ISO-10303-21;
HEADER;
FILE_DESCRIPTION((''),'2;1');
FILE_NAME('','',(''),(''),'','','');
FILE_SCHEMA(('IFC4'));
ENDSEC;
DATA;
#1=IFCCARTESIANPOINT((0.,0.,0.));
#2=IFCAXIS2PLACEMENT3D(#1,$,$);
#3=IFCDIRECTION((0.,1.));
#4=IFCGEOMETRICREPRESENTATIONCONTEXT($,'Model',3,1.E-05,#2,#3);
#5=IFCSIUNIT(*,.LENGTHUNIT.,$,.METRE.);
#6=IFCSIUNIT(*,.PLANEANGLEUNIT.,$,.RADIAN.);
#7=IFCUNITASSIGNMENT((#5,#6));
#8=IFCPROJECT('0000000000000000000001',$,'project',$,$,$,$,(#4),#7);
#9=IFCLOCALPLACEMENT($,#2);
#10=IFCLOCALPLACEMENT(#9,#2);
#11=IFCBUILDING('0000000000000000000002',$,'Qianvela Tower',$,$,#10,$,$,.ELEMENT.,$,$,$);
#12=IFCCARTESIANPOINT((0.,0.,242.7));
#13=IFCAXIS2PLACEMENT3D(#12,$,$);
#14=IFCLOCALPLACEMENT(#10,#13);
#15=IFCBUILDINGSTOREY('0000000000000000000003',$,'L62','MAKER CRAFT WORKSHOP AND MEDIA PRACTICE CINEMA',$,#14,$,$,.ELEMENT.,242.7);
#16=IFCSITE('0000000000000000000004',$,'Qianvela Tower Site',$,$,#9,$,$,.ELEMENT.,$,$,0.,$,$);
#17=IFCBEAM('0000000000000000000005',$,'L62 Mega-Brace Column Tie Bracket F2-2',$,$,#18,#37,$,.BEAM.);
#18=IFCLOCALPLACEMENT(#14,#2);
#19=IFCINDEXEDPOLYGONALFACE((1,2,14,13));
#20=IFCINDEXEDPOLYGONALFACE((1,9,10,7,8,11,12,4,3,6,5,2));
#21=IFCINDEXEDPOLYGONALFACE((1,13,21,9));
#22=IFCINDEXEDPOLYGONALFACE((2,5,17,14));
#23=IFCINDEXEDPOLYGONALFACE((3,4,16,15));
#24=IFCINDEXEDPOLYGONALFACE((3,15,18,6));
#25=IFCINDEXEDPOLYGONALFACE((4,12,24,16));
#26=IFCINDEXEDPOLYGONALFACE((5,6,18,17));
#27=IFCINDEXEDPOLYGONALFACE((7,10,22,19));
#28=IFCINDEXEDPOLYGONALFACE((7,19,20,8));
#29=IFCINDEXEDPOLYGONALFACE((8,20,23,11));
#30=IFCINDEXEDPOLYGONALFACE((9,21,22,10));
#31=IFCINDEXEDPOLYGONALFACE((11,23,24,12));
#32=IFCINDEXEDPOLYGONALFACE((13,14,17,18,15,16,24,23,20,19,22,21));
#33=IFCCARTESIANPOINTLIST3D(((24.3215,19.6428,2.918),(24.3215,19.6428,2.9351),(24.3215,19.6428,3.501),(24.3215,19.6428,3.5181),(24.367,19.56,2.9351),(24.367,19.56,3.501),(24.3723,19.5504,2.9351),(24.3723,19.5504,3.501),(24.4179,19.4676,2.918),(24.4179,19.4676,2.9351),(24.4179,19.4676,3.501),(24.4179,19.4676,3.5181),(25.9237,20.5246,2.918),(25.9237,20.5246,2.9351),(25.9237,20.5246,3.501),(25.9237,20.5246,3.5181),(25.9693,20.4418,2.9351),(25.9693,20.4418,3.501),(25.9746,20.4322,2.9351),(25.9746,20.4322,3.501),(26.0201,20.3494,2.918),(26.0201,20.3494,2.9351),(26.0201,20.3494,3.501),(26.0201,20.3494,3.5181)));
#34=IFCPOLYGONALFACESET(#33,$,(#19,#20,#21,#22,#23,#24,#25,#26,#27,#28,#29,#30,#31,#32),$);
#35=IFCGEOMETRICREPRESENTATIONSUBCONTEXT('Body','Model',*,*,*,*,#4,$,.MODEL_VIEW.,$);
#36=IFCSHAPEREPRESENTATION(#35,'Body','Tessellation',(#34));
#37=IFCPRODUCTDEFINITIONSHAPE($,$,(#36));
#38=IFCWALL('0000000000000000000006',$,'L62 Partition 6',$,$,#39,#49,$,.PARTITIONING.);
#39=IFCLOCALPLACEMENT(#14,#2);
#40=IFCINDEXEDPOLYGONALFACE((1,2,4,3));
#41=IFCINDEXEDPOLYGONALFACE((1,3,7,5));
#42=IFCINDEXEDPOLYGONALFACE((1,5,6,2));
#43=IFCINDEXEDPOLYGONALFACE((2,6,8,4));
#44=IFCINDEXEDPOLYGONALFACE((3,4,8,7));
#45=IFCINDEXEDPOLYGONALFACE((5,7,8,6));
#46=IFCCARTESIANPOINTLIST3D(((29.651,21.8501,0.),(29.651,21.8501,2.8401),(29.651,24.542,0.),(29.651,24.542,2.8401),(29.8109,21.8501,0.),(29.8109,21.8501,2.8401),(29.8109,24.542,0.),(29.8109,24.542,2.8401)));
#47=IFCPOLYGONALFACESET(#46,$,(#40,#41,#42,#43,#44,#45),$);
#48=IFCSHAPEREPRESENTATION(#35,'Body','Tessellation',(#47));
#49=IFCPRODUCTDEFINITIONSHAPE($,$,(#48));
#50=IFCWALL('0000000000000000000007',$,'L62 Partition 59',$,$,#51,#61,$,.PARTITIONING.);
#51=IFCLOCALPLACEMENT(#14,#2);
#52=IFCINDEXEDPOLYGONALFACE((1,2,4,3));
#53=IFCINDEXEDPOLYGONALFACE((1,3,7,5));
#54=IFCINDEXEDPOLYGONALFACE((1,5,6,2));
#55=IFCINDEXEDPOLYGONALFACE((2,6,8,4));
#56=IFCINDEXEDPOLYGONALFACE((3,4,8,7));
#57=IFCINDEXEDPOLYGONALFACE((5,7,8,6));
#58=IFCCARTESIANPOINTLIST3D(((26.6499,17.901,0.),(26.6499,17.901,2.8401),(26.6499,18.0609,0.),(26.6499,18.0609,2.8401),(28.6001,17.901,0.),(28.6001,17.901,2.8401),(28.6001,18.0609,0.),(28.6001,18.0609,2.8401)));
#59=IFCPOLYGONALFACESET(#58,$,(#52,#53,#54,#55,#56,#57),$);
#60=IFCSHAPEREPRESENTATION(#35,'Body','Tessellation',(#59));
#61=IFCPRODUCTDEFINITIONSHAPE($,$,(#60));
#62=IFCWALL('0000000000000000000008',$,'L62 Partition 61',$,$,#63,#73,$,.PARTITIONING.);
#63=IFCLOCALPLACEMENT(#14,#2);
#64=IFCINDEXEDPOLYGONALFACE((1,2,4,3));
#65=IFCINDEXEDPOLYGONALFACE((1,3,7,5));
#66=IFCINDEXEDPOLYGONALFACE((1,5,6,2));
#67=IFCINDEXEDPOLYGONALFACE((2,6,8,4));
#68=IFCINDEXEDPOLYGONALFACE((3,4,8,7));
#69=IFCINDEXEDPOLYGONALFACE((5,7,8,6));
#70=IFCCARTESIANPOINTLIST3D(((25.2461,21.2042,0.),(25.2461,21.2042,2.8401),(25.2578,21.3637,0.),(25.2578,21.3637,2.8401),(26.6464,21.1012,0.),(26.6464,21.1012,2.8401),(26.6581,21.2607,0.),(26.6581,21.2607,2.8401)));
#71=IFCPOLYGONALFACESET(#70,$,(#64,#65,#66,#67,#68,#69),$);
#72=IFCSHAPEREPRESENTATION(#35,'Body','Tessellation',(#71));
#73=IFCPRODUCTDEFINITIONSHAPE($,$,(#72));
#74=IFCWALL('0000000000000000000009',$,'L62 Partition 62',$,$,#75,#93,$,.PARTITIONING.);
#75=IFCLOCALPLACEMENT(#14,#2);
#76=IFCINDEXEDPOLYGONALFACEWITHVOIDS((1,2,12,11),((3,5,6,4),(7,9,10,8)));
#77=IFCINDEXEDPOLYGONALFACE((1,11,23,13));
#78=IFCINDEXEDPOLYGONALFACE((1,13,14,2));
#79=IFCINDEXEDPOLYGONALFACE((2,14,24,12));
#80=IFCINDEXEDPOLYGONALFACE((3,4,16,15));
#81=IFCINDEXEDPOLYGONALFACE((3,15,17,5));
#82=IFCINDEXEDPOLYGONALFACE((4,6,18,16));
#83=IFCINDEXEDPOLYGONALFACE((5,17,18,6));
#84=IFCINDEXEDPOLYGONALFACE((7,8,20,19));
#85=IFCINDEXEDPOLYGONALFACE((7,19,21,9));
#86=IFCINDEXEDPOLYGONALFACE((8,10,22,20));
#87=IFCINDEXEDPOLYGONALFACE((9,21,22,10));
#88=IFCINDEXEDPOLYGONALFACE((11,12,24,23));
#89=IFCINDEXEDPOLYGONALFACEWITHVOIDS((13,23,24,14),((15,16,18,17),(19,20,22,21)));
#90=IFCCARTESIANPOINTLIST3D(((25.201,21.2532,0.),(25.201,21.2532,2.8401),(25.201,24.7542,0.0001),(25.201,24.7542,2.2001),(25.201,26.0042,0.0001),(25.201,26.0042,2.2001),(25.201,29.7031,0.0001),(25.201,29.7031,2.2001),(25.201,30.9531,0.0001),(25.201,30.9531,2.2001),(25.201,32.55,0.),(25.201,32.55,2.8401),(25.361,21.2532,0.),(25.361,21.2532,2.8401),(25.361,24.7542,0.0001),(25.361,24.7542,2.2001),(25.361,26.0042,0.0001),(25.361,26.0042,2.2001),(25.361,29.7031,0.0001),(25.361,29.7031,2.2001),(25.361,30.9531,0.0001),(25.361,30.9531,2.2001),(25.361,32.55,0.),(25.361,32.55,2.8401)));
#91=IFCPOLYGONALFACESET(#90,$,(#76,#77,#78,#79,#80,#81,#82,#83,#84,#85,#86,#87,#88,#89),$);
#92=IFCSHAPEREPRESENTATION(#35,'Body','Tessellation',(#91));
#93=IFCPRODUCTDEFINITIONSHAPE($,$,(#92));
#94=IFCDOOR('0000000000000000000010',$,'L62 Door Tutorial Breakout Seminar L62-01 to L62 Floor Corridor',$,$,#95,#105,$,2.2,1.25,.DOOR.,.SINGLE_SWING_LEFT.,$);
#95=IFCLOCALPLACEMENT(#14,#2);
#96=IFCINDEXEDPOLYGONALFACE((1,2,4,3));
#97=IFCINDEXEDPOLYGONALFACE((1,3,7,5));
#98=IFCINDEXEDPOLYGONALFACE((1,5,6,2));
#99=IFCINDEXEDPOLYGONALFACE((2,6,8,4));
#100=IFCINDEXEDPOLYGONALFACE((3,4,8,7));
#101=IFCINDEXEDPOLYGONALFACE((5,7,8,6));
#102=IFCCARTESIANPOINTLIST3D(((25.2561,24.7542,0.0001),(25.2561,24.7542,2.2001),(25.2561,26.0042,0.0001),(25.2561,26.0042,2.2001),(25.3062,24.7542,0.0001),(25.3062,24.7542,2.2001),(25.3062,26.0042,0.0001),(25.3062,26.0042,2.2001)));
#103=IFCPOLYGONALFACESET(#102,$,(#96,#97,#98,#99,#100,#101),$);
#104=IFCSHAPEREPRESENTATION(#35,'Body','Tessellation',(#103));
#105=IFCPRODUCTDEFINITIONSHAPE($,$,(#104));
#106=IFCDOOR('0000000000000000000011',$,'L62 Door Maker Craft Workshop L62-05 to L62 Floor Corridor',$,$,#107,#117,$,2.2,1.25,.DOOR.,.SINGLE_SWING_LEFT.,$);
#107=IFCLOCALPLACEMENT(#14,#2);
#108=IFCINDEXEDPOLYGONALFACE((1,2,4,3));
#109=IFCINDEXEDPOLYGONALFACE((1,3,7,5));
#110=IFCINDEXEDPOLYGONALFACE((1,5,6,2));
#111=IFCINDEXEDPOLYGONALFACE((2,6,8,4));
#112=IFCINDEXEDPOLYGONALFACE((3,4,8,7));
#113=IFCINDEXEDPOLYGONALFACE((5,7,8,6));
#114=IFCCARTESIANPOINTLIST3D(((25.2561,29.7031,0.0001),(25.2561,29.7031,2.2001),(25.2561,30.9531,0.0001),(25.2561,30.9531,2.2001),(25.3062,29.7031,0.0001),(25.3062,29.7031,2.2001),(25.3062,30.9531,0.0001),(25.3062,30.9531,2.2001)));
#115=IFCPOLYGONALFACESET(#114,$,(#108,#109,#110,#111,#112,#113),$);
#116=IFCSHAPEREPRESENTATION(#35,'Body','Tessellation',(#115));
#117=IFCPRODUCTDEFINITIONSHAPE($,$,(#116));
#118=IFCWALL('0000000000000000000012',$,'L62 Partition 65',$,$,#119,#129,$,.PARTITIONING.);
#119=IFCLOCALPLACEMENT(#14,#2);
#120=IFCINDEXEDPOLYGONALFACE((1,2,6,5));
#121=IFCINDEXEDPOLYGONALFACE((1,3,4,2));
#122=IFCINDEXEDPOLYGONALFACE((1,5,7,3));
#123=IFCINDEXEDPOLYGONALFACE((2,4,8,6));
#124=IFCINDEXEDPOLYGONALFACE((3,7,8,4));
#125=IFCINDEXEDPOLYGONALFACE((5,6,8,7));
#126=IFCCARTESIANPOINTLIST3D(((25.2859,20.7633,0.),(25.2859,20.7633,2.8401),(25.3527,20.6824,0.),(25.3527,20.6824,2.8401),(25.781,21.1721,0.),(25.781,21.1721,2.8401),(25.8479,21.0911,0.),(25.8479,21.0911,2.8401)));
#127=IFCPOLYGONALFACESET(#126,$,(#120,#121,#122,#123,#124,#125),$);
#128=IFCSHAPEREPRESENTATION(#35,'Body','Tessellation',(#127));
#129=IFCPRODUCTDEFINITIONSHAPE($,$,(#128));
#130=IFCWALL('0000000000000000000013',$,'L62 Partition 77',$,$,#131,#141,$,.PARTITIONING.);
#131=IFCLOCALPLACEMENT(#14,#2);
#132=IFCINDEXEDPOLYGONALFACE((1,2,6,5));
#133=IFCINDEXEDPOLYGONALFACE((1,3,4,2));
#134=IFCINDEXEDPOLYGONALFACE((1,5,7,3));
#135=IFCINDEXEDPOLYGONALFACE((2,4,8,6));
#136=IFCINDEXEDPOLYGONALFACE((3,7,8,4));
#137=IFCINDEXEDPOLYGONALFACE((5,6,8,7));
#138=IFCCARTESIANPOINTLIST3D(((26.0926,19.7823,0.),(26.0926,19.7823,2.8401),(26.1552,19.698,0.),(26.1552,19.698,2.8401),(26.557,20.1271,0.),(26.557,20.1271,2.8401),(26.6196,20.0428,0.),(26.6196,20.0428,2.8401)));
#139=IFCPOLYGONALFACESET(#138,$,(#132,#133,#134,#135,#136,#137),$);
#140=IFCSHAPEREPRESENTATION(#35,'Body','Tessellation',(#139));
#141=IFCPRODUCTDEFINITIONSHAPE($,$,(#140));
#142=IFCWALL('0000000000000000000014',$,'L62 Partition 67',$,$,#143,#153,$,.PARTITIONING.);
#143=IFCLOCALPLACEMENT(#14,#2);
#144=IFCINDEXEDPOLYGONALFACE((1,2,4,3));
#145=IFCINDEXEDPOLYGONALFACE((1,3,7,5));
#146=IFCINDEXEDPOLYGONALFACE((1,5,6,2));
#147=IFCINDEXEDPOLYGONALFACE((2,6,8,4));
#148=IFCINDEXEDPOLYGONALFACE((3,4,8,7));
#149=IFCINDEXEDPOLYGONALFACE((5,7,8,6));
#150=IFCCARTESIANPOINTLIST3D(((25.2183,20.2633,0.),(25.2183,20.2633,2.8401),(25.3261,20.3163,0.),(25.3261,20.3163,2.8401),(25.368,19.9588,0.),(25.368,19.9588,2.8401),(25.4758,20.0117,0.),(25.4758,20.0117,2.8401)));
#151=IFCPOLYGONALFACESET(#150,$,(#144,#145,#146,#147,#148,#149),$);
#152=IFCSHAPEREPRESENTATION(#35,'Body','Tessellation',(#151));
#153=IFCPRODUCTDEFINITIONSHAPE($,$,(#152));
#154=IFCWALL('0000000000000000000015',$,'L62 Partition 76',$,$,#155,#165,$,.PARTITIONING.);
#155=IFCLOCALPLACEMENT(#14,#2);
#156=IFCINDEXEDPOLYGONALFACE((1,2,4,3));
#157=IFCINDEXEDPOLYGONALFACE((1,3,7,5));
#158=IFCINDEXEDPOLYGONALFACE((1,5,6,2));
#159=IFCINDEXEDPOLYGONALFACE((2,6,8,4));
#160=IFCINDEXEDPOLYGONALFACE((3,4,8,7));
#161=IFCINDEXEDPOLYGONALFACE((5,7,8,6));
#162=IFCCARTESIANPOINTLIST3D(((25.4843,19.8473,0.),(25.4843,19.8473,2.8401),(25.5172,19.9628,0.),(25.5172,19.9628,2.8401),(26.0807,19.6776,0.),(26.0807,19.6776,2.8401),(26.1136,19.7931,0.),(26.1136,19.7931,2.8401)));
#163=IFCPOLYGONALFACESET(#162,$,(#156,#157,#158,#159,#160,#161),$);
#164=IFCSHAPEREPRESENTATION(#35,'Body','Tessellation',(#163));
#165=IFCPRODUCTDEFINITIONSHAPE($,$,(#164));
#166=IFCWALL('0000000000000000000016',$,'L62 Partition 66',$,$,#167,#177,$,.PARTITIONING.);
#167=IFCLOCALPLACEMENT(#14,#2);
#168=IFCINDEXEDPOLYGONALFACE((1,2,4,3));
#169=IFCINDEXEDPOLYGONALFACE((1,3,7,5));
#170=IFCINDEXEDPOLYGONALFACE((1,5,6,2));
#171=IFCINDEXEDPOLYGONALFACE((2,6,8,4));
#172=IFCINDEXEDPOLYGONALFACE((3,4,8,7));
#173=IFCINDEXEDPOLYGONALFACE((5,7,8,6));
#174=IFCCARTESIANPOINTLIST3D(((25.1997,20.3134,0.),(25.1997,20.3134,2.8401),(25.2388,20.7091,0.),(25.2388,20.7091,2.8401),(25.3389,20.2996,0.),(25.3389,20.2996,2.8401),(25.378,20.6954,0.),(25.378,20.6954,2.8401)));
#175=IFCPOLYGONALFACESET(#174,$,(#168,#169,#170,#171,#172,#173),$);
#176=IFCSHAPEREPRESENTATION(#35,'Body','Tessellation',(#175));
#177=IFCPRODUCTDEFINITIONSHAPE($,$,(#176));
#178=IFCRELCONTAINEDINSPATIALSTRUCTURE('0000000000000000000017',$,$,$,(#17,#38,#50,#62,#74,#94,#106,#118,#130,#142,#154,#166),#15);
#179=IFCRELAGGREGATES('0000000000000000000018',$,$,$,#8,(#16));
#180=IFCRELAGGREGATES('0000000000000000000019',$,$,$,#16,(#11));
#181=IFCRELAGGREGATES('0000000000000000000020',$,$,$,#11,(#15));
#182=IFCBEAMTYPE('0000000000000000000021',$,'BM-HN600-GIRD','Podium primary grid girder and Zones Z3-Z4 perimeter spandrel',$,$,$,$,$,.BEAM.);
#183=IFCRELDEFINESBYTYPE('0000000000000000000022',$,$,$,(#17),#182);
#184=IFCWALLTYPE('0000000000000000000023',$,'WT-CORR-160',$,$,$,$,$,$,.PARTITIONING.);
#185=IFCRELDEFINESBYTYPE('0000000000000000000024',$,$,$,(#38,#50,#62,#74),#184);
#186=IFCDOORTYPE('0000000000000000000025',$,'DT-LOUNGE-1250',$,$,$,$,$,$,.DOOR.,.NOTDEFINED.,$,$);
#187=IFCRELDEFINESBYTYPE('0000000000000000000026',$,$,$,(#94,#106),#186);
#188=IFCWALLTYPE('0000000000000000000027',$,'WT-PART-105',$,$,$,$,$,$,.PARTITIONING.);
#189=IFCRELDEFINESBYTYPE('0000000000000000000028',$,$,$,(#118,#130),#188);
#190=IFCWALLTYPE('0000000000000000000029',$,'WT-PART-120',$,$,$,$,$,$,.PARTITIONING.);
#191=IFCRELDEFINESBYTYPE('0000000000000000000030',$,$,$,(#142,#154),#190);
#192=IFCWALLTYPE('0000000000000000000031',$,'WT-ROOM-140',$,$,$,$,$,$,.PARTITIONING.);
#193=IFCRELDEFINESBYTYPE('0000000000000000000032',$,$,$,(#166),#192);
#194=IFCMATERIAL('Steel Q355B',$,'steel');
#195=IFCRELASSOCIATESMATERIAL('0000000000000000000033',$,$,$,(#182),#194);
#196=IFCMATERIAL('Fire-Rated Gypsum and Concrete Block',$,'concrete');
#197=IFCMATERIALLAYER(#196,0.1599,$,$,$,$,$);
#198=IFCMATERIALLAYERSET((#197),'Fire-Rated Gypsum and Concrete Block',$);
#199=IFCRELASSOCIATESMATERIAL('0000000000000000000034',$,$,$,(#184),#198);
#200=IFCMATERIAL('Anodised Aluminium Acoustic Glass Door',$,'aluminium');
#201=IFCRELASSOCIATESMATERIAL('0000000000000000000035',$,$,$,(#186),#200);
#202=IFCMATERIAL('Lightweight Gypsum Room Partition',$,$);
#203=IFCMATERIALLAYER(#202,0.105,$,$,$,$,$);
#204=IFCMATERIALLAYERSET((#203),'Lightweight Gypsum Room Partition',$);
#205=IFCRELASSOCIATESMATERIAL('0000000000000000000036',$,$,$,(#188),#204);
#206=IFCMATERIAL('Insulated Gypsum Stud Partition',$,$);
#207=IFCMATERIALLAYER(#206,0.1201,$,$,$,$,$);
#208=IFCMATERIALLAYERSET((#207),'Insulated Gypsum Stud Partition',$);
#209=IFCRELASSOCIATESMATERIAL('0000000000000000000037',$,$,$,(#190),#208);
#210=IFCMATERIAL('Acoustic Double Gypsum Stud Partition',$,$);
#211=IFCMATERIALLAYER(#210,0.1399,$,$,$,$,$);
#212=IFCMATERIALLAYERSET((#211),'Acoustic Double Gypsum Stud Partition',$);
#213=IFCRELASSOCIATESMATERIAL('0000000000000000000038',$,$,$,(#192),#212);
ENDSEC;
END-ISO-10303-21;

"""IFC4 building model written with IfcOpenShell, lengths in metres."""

from ifc_helpers import new_model, si_unit, direction, frame, frame_2d, origin, origin_2d, place, context, subcontext, project, spatial, rectangle, i_section, extrude, material, layer, layer_set, material_profile, profile_set, type_object, element, fill, save


model = new_model("IFC4")

# Units and contexts
model_context = context("Model", 3, precision=1e-05, world=origin(), true_north=direction((0.0, 1.0)))
body_context = subcontext(model_context, "Body", "Model", "MODEL_VIEW")
ifc_project = project(units=[si_unit("LENGTHUNIT", "METRE"), si_unit("PLANEANGLEUNIT", "RADIAN")], contexts=[model_context])

# Site, building, storey
site_placement = place(None, origin())
site = spatial("IfcSite", under=ifc_project, at=site_placement, Name="Qianvela Tower Site", CompositionType="ELEMENT", RefElevation=0.0)
building_placement = place(site_placement, origin())
building = spatial("IfcBuilding", under=site, at=building_placement, Name="Qianvela Tower", CompositionType="ELEMENT")
storey_placement = place(building_placement, frame((0.0, 0.0, 242.7)))
storey = spatial("IfcBuildingStorey", under=building, at=storey_placement, Name="L62", Description="MAKER CRAFT WORKSHOP AND MEDIA PRACTICE CINEMA", CompositionType="ELEMENT", Elevation=242.7)

# Beam
ifc_material_1 = material(Name="Steel Q355B", Category="steel")
ifc_material_profile_1 = material_profile(ifc_material_1, i_section(OverallWidth=0.2, OverallDepth=0.6001, WebThickness=0.011, FlangeThickness=0.0171, at=origin_2d()), Name="HN600x200x11x17")
ifc_profile_set_1 = profile_set([ifc_material_profile_1], Name="Steel Q355B")
beam_type_1 = type_object("IfcBeamType", Name="BM-HN600-GIRD", Description="Podium primary grid girder and Zones Z3-Z4 perimeter spandrel", PredefinedType="BEAM", material=ifc_profile_set_1)
beam_1_placement = place(storey_placement, frame((25.9719, 20.437, 3.218), z_axis=(-0.876083, -0.48216, 0.0), x_axis=(0.48216, -0.876083, 0.0)))
element("IfcBeam", 1, at=beam_1_placement, inside=storey, type_object=beam_type_1, Name="L62 Mega-Brace Column Tie Bracket F2-2", PredefinedType="BEAM", context=body_context, shape_type="SweptSolid", body=[
    extrude(i_section(OverallWidth=0.2, OverallDepth=0.6001, WebThickness=0.011, FlangeThickness=0.0171, at=origin_2d()), origin(), (0.0, 0.0, 1.0), 1.8289),
])

# Shared definitions
ifc_material_2 = material(Name="Fire-Rated Gypsum and Concrete Block", Category="concrete")
ifc_layer_1 = layer(ifc_material_2, 0.1599)
ifc_layer_set_1 = layer_set([ifc_layer_1], Name="Fire-Rated Gypsum and Concrete Block")
wall_type_1 = type_object("IfcWallType", Name="WT-CORR-160", PredefinedType="PARTITIONING", material=ifc_layer_set_1)

# Walls
wall_1_placement = place(storey_placement, frame((29.731, 21.8501, 0.0), z_axis=(0.0, 0.0, 1.0), x_axis=(0.0, 1.0, 0.0)))
element("IfcWall", 2, at=wall_1_placement, inside=storey, type_object=wall_type_1, Name="L62 Partition 6", PredefinedType="PARTITIONING", context=body_context, shape_type="SweptSolid", body=[
    extrude(rectangle(XDim=2.6919, YDim=0.1599, at=frame_2d((1.3459, 0.0))), origin(), (0.0, 0.0, 1.0), 2.8401),
])
wall_2_placement = place(storey_placement, frame((28.6001, 17.981, 0.0), z_axis=(0.0, 0.0, 1.0), x_axis=(-1.0, 0.0, 0.0)))
element("IfcWall", 3, at=wall_2_placement, inside=storey, type_object=wall_type_1, Name="L62 Partition 59", PredefinedType="PARTITIONING", context=body_context, shape_type="SweptSolid", body=[
    extrude(rectangle(XDim=1.9502, YDim=0.1599, at=frame_2d((0.9751, 0.0))), origin(), (0.0, 0.0, 1.0), 2.8401),
])
wall_3_placement = place(storey_placement, frame((26.6523, 21.1809, 0.0), z_axis=(0.0, 0.0, 1.0), x_axis=(-0.997304, 0.073385, 0.0)))
element("IfcWall", 4, at=wall_3_placement, inside=storey, type_object=wall_type_1, Name="L62 Partition 61", PredefinedType="PARTITIONING", context=body_context, shape_type="SweptSolid", body=[
    extrude(rectangle(XDim=1.4041, YDim=0.1599, at=frame_2d((0.7021, 0.0))), origin(), (0.0, 0.0, 1.0), 2.8401),
])

# Wall, openings, doors
wall_4_placement = place(storey_placement, frame((25.281, 21.2532, 0.0), z_axis=(0.0, 0.0, 1.0), x_axis=(0.0, 1.0, 0.0)))
wall_4 = element("IfcWall", 5, at=wall_4_placement, inside=storey, type_object=wall_type_1, Name="L62 Partition 62", PredefinedType="PARTITIONING", context=body_context, shape_type="SweptSolid", body=[
    extrude(rectangle(XDim=11.2969, YDim=0.1599, at=frame_2d((5.6484, 0.0))), origin(), (0.0, 0.0, 1.0), 2.8401),
])
opening_1_placement = place(wall_4_placement, frame((3.501, 0.0, 0.0)))
opening_1 = element("IfcOpeningElement", 6, at=opening_1_placement, cuts=wall_4, PredefinedType="OPENING", context=body_context, shape_type="SweptSolid", body=[
    extrude(rectangle(XDim=1.25, YDim=2.2, at=frame_2d((0.625, 1.1001))), frame((0.0, 0.0898, 0.0), z_axis=(0.0, -1.0, 0.0), x_axis=(1.0, 0.0, 0.0)), (0.0, 0.0, 1.0), 0.1799),
])
opening_2_placement = place(wall_4_placement, frame((8.45, 0.0, 0.0)))
opening_2 = element("IfcOpeningElement", 7, at=opening_2_placement, cuts=wall_4, PredefinedType="OPENING", context=body_context, shape_type="SweptSolid", body=[
    extrude(rectangle(XDim=1.25, YDim=2.2, at=frame_2d((0.625, 1.1001))), frame((0.0, 0.0898, 0.0), z_axis=(0.0, -1.0, 0.0), x_axis=(1.0, 0.0, 0.0)), (0.0, 0.0, 1.0), 0.1799),
])
ifc_material_3 = material(Name="Anodised Aluminium Acoustic Glass Door", Category="aluminium")
door_type_1 = type_object("IfcDoorType", Name="DT-LOUNGE-1250", OperationType="NOTDEFINED", PredefinedType="DOOR", material=ifc_material_3)
door_1_placement = place(opening_1_placement, origin())
door_1 = element("IfcDoor", 8, at=door_1_placement, inside=storey, type_object=door_type_1, Name="L62 Door Tutorial Breakout Seminar L62-01 to L62 Floor Corridor", OperationType="SINGLE_SWING_LEFT", OverallHeight=2.2, OverallWidth=1.25, PredefinedType="DOOR", context=body_context, shape_type="SweptSolid", body=[
    extrude(rectangle(XDim=1.25, YDim=2.2, at=frame_2d((0.625, 1.1001))), frame((0.0, 0.0249, 0.0), z_axis=(0.0, -1.0, 0.0), x_axis=(1.0, 0.0, 0.0)), (0.0, 0.0, 1.0), 0.05),
])
fill(opening_1, door_1)
door_2_placement = place(opening_2_placement, origin())
door_2 = element("IfcDoor", 9, at=door_2_placement, inside=storey, type_object=door_type_1, Name="L62 Door Maker Craft Workshop L62-05 to L62 Floor Corridor", OperationType="SINGLE_SWING_LEFT", OverallHeight=2.2, OverallWidth=1.25, PredefinedType="DOOR", context=body_context, shape_type="SweptSolid", body=[
    extrude(rectangle(XDim=1.25, YDim=2.2, at=frame_2d((0.625, 1.1001))), frame((0.0, 0.0249, 0.0), z_axis=(0.0, -1.0, 0.0), x_axis=(1.0, 0.0, 0.0)), (0.0, 0.0, 1.0), 0.05),
])
fill(opening_2, door_2)

# Walls
ifc_material_4 = material(Name="Lightweight Gypsum Room Partition")
ifc_layer_2 = layer(ifc_material_4, 0.105)
ifc_layer_set_2 = layer_set([ifc_layer_2], Name="Lightweight Gypsum Room Partition")
wall_type_2 = type_object("IfcWallType", Name="WT-PART-105", PredefinedType="PARTITIONING", material=ifc_layer_set_2)
wall_5_placement = place(storey_placement, frame((25.8145, 21.1316, 0.0), z_axis=(0.0, 0.0, 1.0), x_axis=(-0.771205, -0.636587, 0.0)))
element("IfcWall", 10, at=wall_5_placement, inside=storey, type_object=wall_type_2, Name="L62 Partition 65", PredefinedType="PARTITIONING", context=body_context, shape_type="SweptSolid", body=[
    extrude(rectangle(XDim=0.6421, YDim=0.105, at=frame_2d((0.321, 0.0))), origin(), (0.0, 0.0, 1.0), 2.8401),
])
wall_6_placement = place(storey_placement, frame((26.124, 19.7402, 0.0), z_axis=(0.0, 0.0, 1.0), x_axis=(0.802929, 0.596075, 0.0)))
element("IfcWall", 11, at=wall_6_placement, inside=storey, type_object=wall_type_2, Name="L62 Partition 77", PredefinedType="PARTITIONING", context=body_context, shape_type="SweptSolid", body=[
    extrude(rectangle(XDim=0.5784, YDim=0.105, at=frame_2d((0.2891, 0.0))), origin(), (0.0, 0.0, 1.0), 2.8401),
])
ifc_material_5 = material(Name="Insulated Gypsum Stud Partition")
ifc_layer_3 = layer(ifc_material_5, 0.1201)
ifc_layer_set_3 = layer_set([ifc_layer_3], Name="Insulated Gypsum Stud Partition")
wall_type_3 = type_object("IfcWallType", Name="WT-PART-120", PredefinedType="PARTITIONING", material=ifc_layer_set_3)
wall_7_placement = place(storey_placement, frame((25.2722, 20.2898, 0.0), z_axis=(0.0, 0.0, 1.0), x_axis=(0.441158, -0.897429, 0.0)))
element("IfcWall", 12, at=wall_7_placement, inside=storey, type_object=wall_type_3, Name="L62 Partition 67", PredefinedType="PARTITIONING", context=body_context, shape_type="SweptSolid", body=[
    extrude(rectangle(XDim=0.3394, YDim=0.1201, at=frame_2d((0.1697, 0.0))), origin(), (0.0, 0.0, 1.0), 2.8401),
])
wall_8_placement = place(storey_placement, frame((25.5007, 19.905, 0.0), z_axis=(0.0, 0.0, 1.0), x_axis=(0.961835, -0.273629, 0.0)))
element("IfcWall", 13, at=wall_8_placement, inside=storey, type_object=wall_type_3, Name="L62 Partition 76", PredefinedType="PARTITIONING", context=body_context, shape_type="SweptSolid", body=[
    extrude(rectangle(XDim=0.6201, YDim=0.1201, at=frame_2d((0.3101, 0.0))), origin(), (0.0, 0.0, 1.0), 2.8401),
])
ifc_material_6 = material(Name="Acoustic Double Gypsum Stud Partition")
ifc_layer_4 = layer(ifc_material_6, 0.1399)
ifc_layer_set_4 = layer_set([ifc_layer_4], Name="Acoustic Double Gypsum Stud Partition")
wall_type_4 = type_object("IfcWallType", Name="WT-ROOM-140", PredefinedType="PARTITIONING", material=ifc_layer_set_4)
wall_9_placement = place(storey_placement, frame((25.3083, 20.7021, 0.0), z_axis=(0.0, 0.0, 1.0), x_axis=(-0.098227, -0.995164, 0.0)))
element("IfcWall", 14, at=wall_9_placement, inside=storey, type_object=wall_type_4, Name="L62 Partition 66", PredefinedType="PARTITIONING", context=body_context, shape_type="SweptSolid", body=[
    extrude(rectangle(XDim=0.3977, YDim=0.1399, at=frame_2d((0.1987, 0.0))), origin(), (0.0, 0.0, 1.0), 2.8401),
])

save(model, "model.ifc")
